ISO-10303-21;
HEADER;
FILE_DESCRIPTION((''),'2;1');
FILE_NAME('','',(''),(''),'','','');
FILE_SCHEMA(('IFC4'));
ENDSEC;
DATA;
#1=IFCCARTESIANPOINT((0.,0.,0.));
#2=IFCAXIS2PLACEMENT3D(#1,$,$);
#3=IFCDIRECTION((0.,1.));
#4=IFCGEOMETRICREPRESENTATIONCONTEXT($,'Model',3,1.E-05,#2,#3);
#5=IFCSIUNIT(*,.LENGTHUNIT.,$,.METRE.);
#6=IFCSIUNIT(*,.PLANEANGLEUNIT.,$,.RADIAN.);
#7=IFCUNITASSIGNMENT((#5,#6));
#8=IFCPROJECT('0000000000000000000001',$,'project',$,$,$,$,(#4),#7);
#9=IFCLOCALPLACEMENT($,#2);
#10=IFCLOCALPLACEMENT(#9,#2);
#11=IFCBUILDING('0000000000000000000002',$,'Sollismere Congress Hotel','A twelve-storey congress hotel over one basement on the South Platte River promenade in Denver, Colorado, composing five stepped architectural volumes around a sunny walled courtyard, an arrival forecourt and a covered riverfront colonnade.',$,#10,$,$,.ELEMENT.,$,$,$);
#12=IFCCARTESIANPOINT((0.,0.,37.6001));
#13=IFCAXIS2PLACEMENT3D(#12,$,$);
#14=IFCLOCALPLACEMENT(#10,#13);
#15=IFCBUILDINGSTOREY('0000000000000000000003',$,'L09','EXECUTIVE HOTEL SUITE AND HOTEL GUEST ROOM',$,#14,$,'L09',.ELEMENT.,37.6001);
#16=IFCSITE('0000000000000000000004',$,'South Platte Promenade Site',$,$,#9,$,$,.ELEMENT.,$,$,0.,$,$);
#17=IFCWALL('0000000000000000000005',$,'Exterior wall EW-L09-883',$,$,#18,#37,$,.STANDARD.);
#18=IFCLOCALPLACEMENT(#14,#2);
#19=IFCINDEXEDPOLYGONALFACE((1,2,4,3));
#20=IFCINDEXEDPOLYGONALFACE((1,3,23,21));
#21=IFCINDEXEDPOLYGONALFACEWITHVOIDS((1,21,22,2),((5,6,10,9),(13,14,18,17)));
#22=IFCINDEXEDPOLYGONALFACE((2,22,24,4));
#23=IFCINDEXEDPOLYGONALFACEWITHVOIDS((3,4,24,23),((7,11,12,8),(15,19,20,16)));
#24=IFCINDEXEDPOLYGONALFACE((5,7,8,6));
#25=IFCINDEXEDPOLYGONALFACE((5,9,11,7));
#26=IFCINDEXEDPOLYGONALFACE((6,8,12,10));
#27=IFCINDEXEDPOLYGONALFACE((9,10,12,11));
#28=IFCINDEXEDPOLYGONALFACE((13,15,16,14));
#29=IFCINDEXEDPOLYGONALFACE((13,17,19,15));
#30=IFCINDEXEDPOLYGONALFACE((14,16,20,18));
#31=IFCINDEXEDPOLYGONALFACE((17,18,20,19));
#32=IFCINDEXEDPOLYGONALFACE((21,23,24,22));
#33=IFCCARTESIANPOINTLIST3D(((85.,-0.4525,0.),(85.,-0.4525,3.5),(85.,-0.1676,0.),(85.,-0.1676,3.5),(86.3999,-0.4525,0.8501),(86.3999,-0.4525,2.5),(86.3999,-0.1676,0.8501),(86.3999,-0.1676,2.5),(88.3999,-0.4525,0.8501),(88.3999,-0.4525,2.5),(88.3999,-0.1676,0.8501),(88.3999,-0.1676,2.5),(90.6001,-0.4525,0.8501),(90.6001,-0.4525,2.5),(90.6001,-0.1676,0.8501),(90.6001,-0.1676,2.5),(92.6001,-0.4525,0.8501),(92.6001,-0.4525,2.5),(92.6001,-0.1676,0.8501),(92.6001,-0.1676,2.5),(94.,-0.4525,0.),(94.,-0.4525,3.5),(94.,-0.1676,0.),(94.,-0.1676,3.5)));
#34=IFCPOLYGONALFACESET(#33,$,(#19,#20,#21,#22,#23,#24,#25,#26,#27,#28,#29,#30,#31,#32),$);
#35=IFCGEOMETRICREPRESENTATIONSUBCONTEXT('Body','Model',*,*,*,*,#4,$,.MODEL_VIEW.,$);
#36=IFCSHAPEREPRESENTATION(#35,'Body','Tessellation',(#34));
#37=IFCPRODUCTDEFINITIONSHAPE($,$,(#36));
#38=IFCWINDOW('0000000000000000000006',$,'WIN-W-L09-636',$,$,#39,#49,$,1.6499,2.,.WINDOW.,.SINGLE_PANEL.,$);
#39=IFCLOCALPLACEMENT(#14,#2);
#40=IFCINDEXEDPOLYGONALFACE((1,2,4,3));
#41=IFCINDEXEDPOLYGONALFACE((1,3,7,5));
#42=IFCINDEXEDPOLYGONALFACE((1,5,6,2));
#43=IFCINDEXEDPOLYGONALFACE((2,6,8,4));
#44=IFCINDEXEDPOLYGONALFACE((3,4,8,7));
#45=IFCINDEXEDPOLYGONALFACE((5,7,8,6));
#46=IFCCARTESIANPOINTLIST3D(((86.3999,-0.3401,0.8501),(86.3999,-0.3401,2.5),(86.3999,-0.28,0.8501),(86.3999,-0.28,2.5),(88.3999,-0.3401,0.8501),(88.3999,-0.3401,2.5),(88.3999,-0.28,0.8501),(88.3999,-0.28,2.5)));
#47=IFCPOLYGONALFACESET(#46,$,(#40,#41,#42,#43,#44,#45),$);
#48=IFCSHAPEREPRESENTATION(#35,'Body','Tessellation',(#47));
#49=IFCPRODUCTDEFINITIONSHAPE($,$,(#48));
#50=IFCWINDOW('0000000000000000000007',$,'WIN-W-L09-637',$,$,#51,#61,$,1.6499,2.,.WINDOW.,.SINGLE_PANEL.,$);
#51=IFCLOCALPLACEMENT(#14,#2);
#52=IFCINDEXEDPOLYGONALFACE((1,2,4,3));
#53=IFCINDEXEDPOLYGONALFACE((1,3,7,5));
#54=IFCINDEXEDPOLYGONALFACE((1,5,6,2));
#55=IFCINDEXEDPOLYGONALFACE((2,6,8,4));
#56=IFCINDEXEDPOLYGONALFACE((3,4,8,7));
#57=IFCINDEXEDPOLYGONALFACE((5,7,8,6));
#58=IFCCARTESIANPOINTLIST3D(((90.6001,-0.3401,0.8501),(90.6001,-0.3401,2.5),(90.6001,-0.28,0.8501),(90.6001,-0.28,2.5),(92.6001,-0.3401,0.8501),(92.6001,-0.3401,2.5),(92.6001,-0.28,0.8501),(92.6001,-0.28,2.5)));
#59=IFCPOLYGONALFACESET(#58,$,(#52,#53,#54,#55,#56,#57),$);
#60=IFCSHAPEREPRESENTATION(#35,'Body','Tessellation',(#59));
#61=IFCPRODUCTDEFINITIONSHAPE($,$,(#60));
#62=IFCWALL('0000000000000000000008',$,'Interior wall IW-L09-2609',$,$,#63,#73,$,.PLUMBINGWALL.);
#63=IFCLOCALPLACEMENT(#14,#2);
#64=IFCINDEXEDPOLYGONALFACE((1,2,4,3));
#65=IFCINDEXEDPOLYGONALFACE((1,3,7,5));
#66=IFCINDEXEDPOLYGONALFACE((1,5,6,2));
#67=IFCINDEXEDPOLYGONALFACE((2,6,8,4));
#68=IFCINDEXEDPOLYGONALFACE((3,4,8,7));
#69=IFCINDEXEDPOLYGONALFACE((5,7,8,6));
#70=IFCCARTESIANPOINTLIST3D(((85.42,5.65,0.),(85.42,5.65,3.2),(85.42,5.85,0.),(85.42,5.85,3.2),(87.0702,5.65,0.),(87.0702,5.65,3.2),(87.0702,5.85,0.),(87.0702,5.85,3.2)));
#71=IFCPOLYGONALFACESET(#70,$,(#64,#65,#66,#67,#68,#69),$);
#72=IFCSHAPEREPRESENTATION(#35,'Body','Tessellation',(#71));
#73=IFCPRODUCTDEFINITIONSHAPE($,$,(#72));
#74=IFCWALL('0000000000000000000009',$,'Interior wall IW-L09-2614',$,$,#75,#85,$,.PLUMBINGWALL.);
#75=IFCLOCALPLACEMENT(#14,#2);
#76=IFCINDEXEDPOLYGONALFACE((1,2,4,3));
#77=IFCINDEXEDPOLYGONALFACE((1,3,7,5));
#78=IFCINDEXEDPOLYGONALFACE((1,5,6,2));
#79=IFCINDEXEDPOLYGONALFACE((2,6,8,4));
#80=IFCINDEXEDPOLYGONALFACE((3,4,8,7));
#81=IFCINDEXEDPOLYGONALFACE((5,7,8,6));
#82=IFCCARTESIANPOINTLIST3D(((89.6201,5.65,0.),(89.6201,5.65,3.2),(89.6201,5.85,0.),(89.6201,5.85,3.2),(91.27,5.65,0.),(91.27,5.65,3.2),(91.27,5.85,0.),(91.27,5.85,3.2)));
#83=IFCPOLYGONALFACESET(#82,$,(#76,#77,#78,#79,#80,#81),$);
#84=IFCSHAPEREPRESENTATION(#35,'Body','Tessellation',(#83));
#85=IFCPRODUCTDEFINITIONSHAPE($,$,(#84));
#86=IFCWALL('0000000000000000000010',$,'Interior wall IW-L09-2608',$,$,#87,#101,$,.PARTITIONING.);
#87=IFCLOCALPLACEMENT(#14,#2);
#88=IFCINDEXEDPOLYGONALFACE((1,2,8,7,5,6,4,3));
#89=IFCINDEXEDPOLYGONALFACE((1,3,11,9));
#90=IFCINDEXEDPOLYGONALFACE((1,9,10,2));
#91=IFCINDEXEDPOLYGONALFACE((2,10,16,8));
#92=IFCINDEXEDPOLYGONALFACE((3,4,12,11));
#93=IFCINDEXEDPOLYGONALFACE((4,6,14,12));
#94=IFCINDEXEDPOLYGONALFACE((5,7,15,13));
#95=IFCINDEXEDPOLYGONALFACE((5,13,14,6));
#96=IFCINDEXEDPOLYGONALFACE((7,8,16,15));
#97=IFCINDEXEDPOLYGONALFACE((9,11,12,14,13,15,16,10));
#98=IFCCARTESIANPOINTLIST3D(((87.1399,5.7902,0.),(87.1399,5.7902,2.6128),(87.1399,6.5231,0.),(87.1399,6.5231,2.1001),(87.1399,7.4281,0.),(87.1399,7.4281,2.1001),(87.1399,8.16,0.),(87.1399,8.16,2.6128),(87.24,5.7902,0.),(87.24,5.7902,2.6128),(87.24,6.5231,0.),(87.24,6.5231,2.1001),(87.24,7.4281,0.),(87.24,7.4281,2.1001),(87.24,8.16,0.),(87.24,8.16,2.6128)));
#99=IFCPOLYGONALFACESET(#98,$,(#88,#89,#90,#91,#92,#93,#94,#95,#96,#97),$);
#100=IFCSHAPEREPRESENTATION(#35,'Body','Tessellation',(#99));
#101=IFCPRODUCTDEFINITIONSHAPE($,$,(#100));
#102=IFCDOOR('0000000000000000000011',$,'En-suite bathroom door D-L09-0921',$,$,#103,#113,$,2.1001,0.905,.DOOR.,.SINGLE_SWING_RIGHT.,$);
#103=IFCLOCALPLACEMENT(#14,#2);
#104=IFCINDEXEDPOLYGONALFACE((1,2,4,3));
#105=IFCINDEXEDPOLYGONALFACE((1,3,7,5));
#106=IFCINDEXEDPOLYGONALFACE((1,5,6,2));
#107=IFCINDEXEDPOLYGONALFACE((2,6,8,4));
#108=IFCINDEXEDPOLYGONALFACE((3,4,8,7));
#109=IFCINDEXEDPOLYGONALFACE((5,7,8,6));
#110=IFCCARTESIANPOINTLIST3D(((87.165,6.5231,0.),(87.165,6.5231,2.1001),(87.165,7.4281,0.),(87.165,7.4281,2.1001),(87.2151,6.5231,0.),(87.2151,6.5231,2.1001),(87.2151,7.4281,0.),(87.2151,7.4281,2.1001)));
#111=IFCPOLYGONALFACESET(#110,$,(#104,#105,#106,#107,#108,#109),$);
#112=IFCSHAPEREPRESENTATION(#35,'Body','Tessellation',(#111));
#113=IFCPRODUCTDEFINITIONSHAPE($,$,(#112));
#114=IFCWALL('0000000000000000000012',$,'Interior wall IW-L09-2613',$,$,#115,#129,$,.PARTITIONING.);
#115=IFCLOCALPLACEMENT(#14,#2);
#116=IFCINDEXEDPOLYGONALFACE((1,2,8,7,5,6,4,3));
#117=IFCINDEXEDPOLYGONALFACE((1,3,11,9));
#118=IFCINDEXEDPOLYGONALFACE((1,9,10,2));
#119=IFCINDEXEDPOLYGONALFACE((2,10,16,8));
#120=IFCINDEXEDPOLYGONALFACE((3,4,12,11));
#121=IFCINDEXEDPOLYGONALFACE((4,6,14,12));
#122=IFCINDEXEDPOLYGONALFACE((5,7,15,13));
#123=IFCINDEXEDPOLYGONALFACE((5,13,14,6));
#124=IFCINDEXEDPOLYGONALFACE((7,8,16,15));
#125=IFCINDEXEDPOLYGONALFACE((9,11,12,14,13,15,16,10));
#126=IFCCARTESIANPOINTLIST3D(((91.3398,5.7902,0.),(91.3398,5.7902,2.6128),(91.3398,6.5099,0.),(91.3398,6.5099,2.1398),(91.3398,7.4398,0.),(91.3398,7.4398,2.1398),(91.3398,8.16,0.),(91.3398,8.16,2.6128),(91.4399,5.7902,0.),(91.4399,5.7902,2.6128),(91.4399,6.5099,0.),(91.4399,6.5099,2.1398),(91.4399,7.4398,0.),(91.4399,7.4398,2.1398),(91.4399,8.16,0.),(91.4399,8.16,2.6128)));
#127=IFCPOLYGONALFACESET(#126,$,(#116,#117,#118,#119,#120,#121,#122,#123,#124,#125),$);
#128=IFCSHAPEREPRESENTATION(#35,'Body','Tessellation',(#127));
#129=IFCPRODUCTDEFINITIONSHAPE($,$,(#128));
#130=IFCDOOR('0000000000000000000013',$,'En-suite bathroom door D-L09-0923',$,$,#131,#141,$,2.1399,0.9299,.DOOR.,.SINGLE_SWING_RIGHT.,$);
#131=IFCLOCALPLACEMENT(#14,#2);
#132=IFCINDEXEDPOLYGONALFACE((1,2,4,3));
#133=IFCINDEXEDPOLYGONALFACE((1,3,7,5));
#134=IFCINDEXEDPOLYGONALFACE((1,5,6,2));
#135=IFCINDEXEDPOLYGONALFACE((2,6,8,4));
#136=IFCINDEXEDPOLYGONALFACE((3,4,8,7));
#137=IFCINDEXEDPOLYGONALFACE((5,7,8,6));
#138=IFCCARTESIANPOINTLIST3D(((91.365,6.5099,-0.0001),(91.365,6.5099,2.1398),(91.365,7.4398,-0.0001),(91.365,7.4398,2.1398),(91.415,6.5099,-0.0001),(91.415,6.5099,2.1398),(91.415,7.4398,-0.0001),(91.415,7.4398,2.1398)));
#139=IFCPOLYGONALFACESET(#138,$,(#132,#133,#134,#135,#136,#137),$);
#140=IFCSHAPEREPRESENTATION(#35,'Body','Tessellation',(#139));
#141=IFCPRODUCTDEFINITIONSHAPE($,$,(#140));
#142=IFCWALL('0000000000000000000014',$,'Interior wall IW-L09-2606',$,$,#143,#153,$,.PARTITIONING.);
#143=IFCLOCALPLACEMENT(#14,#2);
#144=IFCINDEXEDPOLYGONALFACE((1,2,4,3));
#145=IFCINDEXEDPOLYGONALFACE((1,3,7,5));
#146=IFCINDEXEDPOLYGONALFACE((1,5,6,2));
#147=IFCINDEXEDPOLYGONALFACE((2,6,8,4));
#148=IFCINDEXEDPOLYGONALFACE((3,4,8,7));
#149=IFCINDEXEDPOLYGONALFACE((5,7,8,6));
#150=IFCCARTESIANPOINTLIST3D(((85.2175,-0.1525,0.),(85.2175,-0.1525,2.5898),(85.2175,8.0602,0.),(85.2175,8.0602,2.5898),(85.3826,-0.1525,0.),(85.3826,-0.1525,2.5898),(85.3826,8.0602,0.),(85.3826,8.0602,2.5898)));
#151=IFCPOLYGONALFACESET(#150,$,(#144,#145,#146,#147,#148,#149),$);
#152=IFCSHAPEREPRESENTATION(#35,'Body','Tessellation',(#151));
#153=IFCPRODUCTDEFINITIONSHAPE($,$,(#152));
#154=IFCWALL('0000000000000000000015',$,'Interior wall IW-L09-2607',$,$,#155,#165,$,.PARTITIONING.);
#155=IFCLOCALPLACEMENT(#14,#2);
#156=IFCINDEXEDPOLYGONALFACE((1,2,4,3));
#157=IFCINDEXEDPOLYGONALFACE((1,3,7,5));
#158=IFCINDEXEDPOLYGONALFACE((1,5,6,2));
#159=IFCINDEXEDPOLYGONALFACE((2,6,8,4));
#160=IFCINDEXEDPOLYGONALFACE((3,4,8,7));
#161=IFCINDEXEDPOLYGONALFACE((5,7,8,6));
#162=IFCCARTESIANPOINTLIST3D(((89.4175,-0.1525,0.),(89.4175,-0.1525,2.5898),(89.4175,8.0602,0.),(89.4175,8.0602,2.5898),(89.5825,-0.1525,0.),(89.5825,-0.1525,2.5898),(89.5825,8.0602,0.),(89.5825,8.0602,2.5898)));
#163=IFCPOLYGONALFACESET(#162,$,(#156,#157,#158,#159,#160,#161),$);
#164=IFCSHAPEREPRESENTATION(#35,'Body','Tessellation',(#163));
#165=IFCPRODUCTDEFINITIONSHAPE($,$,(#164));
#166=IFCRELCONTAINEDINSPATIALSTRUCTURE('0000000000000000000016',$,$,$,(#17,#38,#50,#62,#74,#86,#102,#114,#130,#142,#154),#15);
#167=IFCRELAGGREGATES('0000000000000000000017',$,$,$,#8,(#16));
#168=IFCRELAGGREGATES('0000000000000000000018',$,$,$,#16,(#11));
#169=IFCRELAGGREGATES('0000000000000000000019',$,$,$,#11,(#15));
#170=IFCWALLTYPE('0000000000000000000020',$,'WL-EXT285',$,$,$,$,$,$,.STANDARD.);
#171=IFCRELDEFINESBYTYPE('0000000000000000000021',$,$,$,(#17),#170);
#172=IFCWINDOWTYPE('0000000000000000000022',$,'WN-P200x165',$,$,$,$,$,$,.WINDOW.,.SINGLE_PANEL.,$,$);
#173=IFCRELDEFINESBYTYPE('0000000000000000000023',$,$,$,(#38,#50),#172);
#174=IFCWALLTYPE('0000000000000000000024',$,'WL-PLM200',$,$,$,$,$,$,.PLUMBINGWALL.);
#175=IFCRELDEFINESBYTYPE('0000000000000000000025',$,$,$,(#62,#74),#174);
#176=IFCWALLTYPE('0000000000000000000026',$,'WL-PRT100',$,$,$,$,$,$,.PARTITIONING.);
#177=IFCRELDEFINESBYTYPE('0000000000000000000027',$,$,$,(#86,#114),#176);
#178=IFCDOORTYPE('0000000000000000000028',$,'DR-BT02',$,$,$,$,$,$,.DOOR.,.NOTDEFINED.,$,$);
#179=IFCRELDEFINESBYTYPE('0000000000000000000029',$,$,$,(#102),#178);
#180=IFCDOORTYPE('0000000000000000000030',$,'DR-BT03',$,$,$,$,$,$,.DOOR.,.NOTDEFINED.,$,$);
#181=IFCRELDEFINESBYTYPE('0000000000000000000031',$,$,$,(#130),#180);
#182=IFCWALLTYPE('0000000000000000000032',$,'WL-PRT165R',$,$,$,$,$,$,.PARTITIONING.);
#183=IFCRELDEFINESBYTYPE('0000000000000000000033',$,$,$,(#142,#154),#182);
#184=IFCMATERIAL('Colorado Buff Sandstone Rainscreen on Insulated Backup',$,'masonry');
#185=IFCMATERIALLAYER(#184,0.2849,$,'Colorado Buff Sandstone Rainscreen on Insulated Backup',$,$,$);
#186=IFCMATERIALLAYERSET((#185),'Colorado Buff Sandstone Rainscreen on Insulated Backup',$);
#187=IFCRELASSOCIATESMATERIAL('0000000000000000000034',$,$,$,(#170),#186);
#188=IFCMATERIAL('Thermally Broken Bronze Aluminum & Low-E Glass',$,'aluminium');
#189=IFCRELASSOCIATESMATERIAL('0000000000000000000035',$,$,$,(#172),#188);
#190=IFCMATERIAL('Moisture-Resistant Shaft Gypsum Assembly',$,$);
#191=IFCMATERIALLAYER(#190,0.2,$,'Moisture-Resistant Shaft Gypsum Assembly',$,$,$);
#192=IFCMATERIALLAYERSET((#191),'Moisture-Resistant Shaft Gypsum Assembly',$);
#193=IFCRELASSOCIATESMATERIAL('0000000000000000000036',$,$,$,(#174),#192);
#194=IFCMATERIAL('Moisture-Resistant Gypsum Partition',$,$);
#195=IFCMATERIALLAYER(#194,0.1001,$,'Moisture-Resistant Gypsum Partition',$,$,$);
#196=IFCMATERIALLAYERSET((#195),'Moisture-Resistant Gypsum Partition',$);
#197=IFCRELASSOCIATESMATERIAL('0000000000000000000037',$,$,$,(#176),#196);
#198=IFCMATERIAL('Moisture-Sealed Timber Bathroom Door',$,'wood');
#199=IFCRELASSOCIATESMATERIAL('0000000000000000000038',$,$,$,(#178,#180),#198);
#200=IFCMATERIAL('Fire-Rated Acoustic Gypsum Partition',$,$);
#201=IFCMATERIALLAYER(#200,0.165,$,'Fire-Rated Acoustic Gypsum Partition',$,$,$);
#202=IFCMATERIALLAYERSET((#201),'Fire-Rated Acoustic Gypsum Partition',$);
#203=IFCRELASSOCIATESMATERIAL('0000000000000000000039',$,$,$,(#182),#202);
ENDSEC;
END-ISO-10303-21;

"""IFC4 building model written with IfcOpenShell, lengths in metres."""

from ifc_helpers import new_model, si_unit, direction, frame, frame_2d, origin, place, context, subcontext, project, spatial, rectangle, extrude, material, layer, layer_set, type_object, element, fill, save


model = new_model("IFC4")

# Units and contexts
model_context = context("Model", 3, precision=1e-05, world=origin(), true_north=direction((0.0, 1.0)))
body_context = subcontext(model_context, "Body", "Model", "MODEL_VIEW")
ifc_project = project(units=[si_unit("LENGTHUNIT", "METRE"), si_unit("PLANEANGLEUNIT", "RADIAN")], contexts=[model_context])

# Site, building, storey
site_placement = place(None, origin())
site = spatial("IfcSite", under=ifc_project, at=site_placement, Name="South Platte Promenade Site", CompositionType="ELEMENT", RefElevation=0.0)
building_placement = place(site_placement, origin())
building = spatial("IfcBuilding", under=site, at=building_placement, Name="Sollismere Congress Hotel", Description="A twelve-storey congress hotel over one basement on the South Platte River promenade in Denver, Colorado, composing five stepped architectural volumes around a sunny walled courtyard, an arrival forecourt and a covered riverfront colonnade.", CompositionType="ELEMENT")
storey_placement = place(building_placement, frame((0.0, 0.0, 37.6001)))
storey = spatial("IfcBuildingStorey", under=building, at=storey_placement, Name="L09", Description="EXECUTIVE HOTEL SUITE AND HOTEL GUEST ROOM", LongName="L09", CompositionType="ELEMENT", Elevation=37.6001)

# Wall, openings, windows
ifc_material_1 = material(Name="Colorado Buff Sandstone Rainscreen on Insulated Backup", Category="masonry")
ifc_layer_1 = layer(ifc_material_1, 0.2849, Name="Colorado Buff Sandstone Rainscreen on Insulated Backup")
ifc_layer_set_1 = layer_set([ifc_layer_1], Name="Colorado Buff Sandstone Rainscreen on Insulated Backup")
wall_type_1 = type_object("IfcWallType", Name="WL-EXT285", PredefinedType="STANDARD", material=ifc_layer_set_1)
wall_1_placement = place(storey_placement, frame((85.0, -0.3101, 0.0), z_axis=(0.0, 0.0, 1.0), x_axis=(1.0, 0.0, 0.0)))
wall_1 = element("IfcWall", 1, at=wall_1_placement, inside=storey, type_object=wall_type_1, Name="Exterior wall EW-L09-883", PredefinedType="STANDARD", context=body_context, shape_type="SweptSolid", body=[
    extrude(rectangle(XDim=9.0, YDim=0.2849, at=frame_2d((4.5, 0.0))), origin(), (0.0, 0.0, 1.0), 3.5),
])
opening_1_placement = place(wall_1_placement, frame((1.3999, 0.0, 0.8501)))
opening_1 = element("IfcOpeningElement", 2, at=opening_1_placement, cuts=wall_1, PredefinedType="OPENING", context=body_context, shape_type="SweptSolid", body=[
    extrude(rectangle(XDim=2.0, YDim=1.6499, at=frame_2d((1.0, 0.825))), frame((0.0, 0.1523, 0.0), z_axis=(0.0, -1.0, 0.0), x_axis=(1.0, 0.0, 0.0)), (0.0, 0.0, 1.0), 0.3049),
])
opening_2_placement = place(wall_1_placement, frame((5.6001, 0.0, 0.8501)))
opening_2 = element("IfcOpeningElement", 3, at=opening_2_placement, cuts=wall_1, PredefinedType="OPENING", context=body_context, shape_type="SweptSolid", body=[
    extrude(rectangle(XDim=2.0, YDim=1.6499, at=frame_2d((1.0, 0.825))), frame((0.0, 0.1523, 0.0), z_axis=(0.0, -1.0, 0.0), x_axis=(1.0, 0.0, 0.0)), (0.0, 0.0, 1.0), 0.3049),
])
ifc_material_2 = material(Name="Thermally Broken Bronze Aluminum & Low-E Glass", Category="aluminium")
window_type = type_object("IfcWindowType", Name="WN-P200x165", PartitioningType="SINGLE_PANEL", PredefinedType="WINDOW", material=ifc_material_2)
window_1_placement = place(opening_1_placement, origin())
window_1 = element("IfcWindow", 4, at=window_1_placement, inside=storey, type_object=window_type, Name="WIN-W-L09-636", OverallHeight=1.6499, OverallWidth=2.0, PartitioningType="SINGLE_PANEL", PredefinedType="WINDOW", context=body_context, shape_type="SweptSolid", body=[
    extrude(rectangle(XDim=2.0, YDim=1.6499, at=frame_2d((1.0, 0.825))), frame((0.0, 0.03, 0.0), z_axis=(0.0, -1.0, 0.0), x_axis=(1.0, 0.0, 0.0)), (0.0, 0.0, 1.0), 0.0601),
])
fill(opening_1, window_1)
window_2_placement = place(opening_2_placement, origin())
window_2 = element("IfcWindow", 5, at=window_2_placement, inside=storey, type_object=window_type, Name="WIN-W-L09-637", OverallHeight=1.6499, OverallWidth=2.0, PartitioningType="SINGLE_PANEL", PredefinedType="WINDOW", context=body_context, shape_type="SweptSolid", body=[
    extrude(rectangle(XDim=2.0, YDim=1.6499, at=frame_2d((1.0, 0.825))), frame((0.0, 0.03, 0.0), z_axis=(0.0, -1.0, 0.0), x_axis=(1.0, 0.0, 0.0)), (0.0, 0.0, 1.0), 0.0601),
])
fill(opening_2, window_2)

# Walls
ifc_material_3 = material(Name="Moisture-Resistant Shaft Gypsum Assembly")
ifc_layer_2 = layer(ifc_material_3, 0.2, Name="Moisture-Resistant Shaft Gypsum Assembly")
ifc_layer_set_2 = layer_set([ifc_layer_2], Name="Moisture-Resistant Shaft Gypsum Assembly")
wall_type_2 = type_object("IfcWallType", Name="WL-PLM200", PredefinedType="PLUMBINGWALL", material=ifc_layer_set_2)
wall_2_placement = place(storey_placement, frame((85.4199, 5.75, 0.0), z_axis=(0.0, 0.0, 1.0), x_axis=(1.0, 0.0, 0.0)))
element("IfcWall", 6, at=wall_2_placement, inside=storey, type_object=wall_type_2, Name="Interior wall IW-L09-2609", PredefinedType="PLUMBINGWALL", context=body_context, shape_type="SweptSolid", body=[
    extrude(rectangle(XDim=1.6501, YDim=0.2, at=frame_2d((0.8252, 0.0))), origin(), (0.0, 0.0, 1.0), 3.2),
])
wall_3_placement = place(storey_placement, frame((89.6201, 5.75, 0.0), z_axis=(0.0, 0.0, 1.0), x_axis=(1.0, 0.0, 0.0)))
element("IfcWall", 7, at=wall_3_placement, inside=storey, type_object=wall_type_2, Name="Interior wall IW-L09-2614", PredefinedType="PLUMBINGWALL", context=body_context, shape_type="SweptSolid", body=[
    extrude(rectangle(XDim=1.6499, YDim=0.2, at=frame_2d((0.825, 0.0))), origin(), (0.0, 0.0, 1.0), 3.2),
])

# Walls, openings, doors
ifc_material_4 = material(Name="Moisture-Resistant Gypsum Partition")
ifc_layer_3 = layer(ifc_material_4, 0.1001, Name="Moisture-Resistant Gypsum Partition")
ifc_layer_set_3 = layer_set([ifc_layer_3], Name="Moisture-Resistant Gypsum Partition")
wall_type_3 = type_object("IfcWallType", Name="WL-PRT100", PredefinedType="PARTITIONING", material=ifc_layer_set_3)
wall_4_placement = place(storey_placement, frame((87.1899, 5.79, 0.0), z_axis=(0.0, 0.0, 1.0), x_axis=(0.0, 1.0, 0.0)))
wall_4 = element("IfcWall", 8, at=wall_4_placement, inside=storey, type_object=wall_type_3, Name="Interior wall IW-L09-2608", PredefinedType="PARTITIONING", context=body_context, shape_type="SweptSolid", body=[
    extrude(rectangle(XDim=2.3699, YDim=0.1001, at=frame_2d((1.1851, 0.0))), origin(), (0.0, 0.0, 1.0), 2.6128),
])
opening_3_placement = place(wall_4_placement, frame((0.7329, 0.0, 0.0)))
opening_3 = element("IfcOpeningElement", 9, at=opening_3_placement, cuts=wall_4, PredefinedType="OPENING", context=body_context, shape_type="SweptSolid", body=[
    extrude(rectangle(XDim=0.905, YDim=2.1001, at=frame_2d((0.4526, 1.05))), frame((0.0, 0.0601, 0.0), z_axis=(0.0, -1.0, 0.0), x_axis=(1.0, 0.0, 0.0)), (0.0, 0.0, 1.0), 0.1201),
])
ifc_material_5 = material(Name="Moisture-Sealed Timber Bathroom Door", Category="wood")
door_type_1 = type_object("IfcDoorType", Name="DR-BT02", OperationType="NOTDEFINED", PredefinedType="DOOR", material=ifc_material_5)
door_1_placement = place(opening_3_placement, origin())
door_1 = element("IfcDoor", 10, at=door_1_placement, inside=storey, type_object=door_type_1, Name="En-suite bathroom door D-L09-0921", OperationType="SINGLE_SWING_RIGHT", OverallHeight=2.1001, OverallWidth=0.905, PredefinedType="DOOR", context=body_context, shape_type="SweptSolid", body=[
    extrude(rectangle(XDim=0.905, YDim=2.1001, at=frame_2d((0.4526, 1.05))), frame((0.0, 0.0249, 0.0), z_axis=(0.0, -1.0, 0.0), x_axis=(1.0, 0.0, 0.0)), (0.0, 0.0, 1.0), 0.05),
])
fill(opening_3, door_1)
wall_5_placement = place(storey_placement, frame((91.3899, 5.79, 0.0), z_axis=(0.0, 0.0, 1.0), x_axis=(0.0, 1.0, 0.0)))
wall_5 = element("IfcWall", 11, at=wall_5_placement, inside=storey, type_object=wall_type_3, Name="Interior wall IW-L09-2613", PredefinedType="PARTITIONING", context=body_context, shape_type="SweptSolid", body=[
    extrude(rectangle(XDim=2.3699, YDim=0.1001, at=frame_2d((1.1851, 0.0))), origin(), (0.0, 0.0, 1.0), 2.6128),
])
opening_4_placement = place(wall_5_placement, frame((0.72, 0.0, 0.0)))
opening_4 = element("IfcOpeningElement", 12, at=opening_4_placement, cuts=wall_5, PredefinedType="OPENING", context=body_context, shape_type="SweptSolid", body=[
    extrude(rectangle(XDim=0.9299, YDim=2.1399, at=frame_2d((0.4648, 1.0698))), frame((0.0, 0.0601, 0.0), z_axis=(0.0, -1.0, 0.0), x_axis=(1.0, 0.0, 0.0)), (0.0, 0.0, 1.0), 0.1201),
])
door_type_2 = type_object("IfcDoorType", Name="DR-BT03", OperationType="NOTDEFINED", PredefinedType="DOOR", material=ifc_material_5)
door_2_placement = place(opening_4_placement, origin())
door_2 = element("IfcDoor", 13, at=door_2_placement, inside=storey, type_object=door_type_2, Name="En-suite bathroom door D-L09-0923", OperationType="SINGLE_SWING_RIGHT", OverallHeight=2.1399, OverallWidth=0.9299, PredefinedType="DOOR", context=body_context, shape_type="SweptSolid", body=[
    extrude(rectangle(XDim=0.9299, YDim=2.1399, at=frame_2d((0.4648, 1.0698))), frame((0.0, 0.0249, 0.0), z_axis=(0.0, -1.0, 0.0), x_axis=(1.0, 0.0, 0.0)), (0.0, 0.0, 1.0), 0.05),
])
fill(opening_4, door_2)

# Walls
ifc_material_6 = material(Name="Fire-Rated Acoustic Gypsum Partition")
ifc_layer_4 = layer(ifc_material_6, 0.165, Name="Fire-Rated Acoustic Gypsum Partition")
ifc_layer_set_4 = layer_set([ifc_layer_4], Name="Fire-Rated Acoustic Gypsum Partition")
wall_type_4 = type_object("IfcWallType", Name="WL-PRT165R", PredefinedType="PARTITIONING", material=ifc_layer_set_4)
for number, where, z_axis, x_axis, name in (
    (14, (85.3, -0.1526, 0.0), (0.0, 0.0, 1.0), (0.0, 1.0, 0.0), "Interior wall IW-L09-2606"),
    (15, (89.5, -0.1526, 0.0), (0.0, 0.0, 1.0), (0.0, 1.0, 0.0), "Interior wall IW-L09-2607"),
):
    element("IfcWall", number, at=place(storey_placement, frame(where, z_axis=z_axis, x_axis=x_axis)), inside=storey, type_object=wall_type_4, Name=name, PredefinedType="PARTITIONING", context=body_context, shape_type="SweptSolid", body=[
        extrude(rectangle(XDim=8.2126, YDim=0.165, at=frame_2d((4.1064, 0.0))), origin(), (0.0, 0.0, 1.0), 2.5898),
    ])

save(model, "model.ifc")
